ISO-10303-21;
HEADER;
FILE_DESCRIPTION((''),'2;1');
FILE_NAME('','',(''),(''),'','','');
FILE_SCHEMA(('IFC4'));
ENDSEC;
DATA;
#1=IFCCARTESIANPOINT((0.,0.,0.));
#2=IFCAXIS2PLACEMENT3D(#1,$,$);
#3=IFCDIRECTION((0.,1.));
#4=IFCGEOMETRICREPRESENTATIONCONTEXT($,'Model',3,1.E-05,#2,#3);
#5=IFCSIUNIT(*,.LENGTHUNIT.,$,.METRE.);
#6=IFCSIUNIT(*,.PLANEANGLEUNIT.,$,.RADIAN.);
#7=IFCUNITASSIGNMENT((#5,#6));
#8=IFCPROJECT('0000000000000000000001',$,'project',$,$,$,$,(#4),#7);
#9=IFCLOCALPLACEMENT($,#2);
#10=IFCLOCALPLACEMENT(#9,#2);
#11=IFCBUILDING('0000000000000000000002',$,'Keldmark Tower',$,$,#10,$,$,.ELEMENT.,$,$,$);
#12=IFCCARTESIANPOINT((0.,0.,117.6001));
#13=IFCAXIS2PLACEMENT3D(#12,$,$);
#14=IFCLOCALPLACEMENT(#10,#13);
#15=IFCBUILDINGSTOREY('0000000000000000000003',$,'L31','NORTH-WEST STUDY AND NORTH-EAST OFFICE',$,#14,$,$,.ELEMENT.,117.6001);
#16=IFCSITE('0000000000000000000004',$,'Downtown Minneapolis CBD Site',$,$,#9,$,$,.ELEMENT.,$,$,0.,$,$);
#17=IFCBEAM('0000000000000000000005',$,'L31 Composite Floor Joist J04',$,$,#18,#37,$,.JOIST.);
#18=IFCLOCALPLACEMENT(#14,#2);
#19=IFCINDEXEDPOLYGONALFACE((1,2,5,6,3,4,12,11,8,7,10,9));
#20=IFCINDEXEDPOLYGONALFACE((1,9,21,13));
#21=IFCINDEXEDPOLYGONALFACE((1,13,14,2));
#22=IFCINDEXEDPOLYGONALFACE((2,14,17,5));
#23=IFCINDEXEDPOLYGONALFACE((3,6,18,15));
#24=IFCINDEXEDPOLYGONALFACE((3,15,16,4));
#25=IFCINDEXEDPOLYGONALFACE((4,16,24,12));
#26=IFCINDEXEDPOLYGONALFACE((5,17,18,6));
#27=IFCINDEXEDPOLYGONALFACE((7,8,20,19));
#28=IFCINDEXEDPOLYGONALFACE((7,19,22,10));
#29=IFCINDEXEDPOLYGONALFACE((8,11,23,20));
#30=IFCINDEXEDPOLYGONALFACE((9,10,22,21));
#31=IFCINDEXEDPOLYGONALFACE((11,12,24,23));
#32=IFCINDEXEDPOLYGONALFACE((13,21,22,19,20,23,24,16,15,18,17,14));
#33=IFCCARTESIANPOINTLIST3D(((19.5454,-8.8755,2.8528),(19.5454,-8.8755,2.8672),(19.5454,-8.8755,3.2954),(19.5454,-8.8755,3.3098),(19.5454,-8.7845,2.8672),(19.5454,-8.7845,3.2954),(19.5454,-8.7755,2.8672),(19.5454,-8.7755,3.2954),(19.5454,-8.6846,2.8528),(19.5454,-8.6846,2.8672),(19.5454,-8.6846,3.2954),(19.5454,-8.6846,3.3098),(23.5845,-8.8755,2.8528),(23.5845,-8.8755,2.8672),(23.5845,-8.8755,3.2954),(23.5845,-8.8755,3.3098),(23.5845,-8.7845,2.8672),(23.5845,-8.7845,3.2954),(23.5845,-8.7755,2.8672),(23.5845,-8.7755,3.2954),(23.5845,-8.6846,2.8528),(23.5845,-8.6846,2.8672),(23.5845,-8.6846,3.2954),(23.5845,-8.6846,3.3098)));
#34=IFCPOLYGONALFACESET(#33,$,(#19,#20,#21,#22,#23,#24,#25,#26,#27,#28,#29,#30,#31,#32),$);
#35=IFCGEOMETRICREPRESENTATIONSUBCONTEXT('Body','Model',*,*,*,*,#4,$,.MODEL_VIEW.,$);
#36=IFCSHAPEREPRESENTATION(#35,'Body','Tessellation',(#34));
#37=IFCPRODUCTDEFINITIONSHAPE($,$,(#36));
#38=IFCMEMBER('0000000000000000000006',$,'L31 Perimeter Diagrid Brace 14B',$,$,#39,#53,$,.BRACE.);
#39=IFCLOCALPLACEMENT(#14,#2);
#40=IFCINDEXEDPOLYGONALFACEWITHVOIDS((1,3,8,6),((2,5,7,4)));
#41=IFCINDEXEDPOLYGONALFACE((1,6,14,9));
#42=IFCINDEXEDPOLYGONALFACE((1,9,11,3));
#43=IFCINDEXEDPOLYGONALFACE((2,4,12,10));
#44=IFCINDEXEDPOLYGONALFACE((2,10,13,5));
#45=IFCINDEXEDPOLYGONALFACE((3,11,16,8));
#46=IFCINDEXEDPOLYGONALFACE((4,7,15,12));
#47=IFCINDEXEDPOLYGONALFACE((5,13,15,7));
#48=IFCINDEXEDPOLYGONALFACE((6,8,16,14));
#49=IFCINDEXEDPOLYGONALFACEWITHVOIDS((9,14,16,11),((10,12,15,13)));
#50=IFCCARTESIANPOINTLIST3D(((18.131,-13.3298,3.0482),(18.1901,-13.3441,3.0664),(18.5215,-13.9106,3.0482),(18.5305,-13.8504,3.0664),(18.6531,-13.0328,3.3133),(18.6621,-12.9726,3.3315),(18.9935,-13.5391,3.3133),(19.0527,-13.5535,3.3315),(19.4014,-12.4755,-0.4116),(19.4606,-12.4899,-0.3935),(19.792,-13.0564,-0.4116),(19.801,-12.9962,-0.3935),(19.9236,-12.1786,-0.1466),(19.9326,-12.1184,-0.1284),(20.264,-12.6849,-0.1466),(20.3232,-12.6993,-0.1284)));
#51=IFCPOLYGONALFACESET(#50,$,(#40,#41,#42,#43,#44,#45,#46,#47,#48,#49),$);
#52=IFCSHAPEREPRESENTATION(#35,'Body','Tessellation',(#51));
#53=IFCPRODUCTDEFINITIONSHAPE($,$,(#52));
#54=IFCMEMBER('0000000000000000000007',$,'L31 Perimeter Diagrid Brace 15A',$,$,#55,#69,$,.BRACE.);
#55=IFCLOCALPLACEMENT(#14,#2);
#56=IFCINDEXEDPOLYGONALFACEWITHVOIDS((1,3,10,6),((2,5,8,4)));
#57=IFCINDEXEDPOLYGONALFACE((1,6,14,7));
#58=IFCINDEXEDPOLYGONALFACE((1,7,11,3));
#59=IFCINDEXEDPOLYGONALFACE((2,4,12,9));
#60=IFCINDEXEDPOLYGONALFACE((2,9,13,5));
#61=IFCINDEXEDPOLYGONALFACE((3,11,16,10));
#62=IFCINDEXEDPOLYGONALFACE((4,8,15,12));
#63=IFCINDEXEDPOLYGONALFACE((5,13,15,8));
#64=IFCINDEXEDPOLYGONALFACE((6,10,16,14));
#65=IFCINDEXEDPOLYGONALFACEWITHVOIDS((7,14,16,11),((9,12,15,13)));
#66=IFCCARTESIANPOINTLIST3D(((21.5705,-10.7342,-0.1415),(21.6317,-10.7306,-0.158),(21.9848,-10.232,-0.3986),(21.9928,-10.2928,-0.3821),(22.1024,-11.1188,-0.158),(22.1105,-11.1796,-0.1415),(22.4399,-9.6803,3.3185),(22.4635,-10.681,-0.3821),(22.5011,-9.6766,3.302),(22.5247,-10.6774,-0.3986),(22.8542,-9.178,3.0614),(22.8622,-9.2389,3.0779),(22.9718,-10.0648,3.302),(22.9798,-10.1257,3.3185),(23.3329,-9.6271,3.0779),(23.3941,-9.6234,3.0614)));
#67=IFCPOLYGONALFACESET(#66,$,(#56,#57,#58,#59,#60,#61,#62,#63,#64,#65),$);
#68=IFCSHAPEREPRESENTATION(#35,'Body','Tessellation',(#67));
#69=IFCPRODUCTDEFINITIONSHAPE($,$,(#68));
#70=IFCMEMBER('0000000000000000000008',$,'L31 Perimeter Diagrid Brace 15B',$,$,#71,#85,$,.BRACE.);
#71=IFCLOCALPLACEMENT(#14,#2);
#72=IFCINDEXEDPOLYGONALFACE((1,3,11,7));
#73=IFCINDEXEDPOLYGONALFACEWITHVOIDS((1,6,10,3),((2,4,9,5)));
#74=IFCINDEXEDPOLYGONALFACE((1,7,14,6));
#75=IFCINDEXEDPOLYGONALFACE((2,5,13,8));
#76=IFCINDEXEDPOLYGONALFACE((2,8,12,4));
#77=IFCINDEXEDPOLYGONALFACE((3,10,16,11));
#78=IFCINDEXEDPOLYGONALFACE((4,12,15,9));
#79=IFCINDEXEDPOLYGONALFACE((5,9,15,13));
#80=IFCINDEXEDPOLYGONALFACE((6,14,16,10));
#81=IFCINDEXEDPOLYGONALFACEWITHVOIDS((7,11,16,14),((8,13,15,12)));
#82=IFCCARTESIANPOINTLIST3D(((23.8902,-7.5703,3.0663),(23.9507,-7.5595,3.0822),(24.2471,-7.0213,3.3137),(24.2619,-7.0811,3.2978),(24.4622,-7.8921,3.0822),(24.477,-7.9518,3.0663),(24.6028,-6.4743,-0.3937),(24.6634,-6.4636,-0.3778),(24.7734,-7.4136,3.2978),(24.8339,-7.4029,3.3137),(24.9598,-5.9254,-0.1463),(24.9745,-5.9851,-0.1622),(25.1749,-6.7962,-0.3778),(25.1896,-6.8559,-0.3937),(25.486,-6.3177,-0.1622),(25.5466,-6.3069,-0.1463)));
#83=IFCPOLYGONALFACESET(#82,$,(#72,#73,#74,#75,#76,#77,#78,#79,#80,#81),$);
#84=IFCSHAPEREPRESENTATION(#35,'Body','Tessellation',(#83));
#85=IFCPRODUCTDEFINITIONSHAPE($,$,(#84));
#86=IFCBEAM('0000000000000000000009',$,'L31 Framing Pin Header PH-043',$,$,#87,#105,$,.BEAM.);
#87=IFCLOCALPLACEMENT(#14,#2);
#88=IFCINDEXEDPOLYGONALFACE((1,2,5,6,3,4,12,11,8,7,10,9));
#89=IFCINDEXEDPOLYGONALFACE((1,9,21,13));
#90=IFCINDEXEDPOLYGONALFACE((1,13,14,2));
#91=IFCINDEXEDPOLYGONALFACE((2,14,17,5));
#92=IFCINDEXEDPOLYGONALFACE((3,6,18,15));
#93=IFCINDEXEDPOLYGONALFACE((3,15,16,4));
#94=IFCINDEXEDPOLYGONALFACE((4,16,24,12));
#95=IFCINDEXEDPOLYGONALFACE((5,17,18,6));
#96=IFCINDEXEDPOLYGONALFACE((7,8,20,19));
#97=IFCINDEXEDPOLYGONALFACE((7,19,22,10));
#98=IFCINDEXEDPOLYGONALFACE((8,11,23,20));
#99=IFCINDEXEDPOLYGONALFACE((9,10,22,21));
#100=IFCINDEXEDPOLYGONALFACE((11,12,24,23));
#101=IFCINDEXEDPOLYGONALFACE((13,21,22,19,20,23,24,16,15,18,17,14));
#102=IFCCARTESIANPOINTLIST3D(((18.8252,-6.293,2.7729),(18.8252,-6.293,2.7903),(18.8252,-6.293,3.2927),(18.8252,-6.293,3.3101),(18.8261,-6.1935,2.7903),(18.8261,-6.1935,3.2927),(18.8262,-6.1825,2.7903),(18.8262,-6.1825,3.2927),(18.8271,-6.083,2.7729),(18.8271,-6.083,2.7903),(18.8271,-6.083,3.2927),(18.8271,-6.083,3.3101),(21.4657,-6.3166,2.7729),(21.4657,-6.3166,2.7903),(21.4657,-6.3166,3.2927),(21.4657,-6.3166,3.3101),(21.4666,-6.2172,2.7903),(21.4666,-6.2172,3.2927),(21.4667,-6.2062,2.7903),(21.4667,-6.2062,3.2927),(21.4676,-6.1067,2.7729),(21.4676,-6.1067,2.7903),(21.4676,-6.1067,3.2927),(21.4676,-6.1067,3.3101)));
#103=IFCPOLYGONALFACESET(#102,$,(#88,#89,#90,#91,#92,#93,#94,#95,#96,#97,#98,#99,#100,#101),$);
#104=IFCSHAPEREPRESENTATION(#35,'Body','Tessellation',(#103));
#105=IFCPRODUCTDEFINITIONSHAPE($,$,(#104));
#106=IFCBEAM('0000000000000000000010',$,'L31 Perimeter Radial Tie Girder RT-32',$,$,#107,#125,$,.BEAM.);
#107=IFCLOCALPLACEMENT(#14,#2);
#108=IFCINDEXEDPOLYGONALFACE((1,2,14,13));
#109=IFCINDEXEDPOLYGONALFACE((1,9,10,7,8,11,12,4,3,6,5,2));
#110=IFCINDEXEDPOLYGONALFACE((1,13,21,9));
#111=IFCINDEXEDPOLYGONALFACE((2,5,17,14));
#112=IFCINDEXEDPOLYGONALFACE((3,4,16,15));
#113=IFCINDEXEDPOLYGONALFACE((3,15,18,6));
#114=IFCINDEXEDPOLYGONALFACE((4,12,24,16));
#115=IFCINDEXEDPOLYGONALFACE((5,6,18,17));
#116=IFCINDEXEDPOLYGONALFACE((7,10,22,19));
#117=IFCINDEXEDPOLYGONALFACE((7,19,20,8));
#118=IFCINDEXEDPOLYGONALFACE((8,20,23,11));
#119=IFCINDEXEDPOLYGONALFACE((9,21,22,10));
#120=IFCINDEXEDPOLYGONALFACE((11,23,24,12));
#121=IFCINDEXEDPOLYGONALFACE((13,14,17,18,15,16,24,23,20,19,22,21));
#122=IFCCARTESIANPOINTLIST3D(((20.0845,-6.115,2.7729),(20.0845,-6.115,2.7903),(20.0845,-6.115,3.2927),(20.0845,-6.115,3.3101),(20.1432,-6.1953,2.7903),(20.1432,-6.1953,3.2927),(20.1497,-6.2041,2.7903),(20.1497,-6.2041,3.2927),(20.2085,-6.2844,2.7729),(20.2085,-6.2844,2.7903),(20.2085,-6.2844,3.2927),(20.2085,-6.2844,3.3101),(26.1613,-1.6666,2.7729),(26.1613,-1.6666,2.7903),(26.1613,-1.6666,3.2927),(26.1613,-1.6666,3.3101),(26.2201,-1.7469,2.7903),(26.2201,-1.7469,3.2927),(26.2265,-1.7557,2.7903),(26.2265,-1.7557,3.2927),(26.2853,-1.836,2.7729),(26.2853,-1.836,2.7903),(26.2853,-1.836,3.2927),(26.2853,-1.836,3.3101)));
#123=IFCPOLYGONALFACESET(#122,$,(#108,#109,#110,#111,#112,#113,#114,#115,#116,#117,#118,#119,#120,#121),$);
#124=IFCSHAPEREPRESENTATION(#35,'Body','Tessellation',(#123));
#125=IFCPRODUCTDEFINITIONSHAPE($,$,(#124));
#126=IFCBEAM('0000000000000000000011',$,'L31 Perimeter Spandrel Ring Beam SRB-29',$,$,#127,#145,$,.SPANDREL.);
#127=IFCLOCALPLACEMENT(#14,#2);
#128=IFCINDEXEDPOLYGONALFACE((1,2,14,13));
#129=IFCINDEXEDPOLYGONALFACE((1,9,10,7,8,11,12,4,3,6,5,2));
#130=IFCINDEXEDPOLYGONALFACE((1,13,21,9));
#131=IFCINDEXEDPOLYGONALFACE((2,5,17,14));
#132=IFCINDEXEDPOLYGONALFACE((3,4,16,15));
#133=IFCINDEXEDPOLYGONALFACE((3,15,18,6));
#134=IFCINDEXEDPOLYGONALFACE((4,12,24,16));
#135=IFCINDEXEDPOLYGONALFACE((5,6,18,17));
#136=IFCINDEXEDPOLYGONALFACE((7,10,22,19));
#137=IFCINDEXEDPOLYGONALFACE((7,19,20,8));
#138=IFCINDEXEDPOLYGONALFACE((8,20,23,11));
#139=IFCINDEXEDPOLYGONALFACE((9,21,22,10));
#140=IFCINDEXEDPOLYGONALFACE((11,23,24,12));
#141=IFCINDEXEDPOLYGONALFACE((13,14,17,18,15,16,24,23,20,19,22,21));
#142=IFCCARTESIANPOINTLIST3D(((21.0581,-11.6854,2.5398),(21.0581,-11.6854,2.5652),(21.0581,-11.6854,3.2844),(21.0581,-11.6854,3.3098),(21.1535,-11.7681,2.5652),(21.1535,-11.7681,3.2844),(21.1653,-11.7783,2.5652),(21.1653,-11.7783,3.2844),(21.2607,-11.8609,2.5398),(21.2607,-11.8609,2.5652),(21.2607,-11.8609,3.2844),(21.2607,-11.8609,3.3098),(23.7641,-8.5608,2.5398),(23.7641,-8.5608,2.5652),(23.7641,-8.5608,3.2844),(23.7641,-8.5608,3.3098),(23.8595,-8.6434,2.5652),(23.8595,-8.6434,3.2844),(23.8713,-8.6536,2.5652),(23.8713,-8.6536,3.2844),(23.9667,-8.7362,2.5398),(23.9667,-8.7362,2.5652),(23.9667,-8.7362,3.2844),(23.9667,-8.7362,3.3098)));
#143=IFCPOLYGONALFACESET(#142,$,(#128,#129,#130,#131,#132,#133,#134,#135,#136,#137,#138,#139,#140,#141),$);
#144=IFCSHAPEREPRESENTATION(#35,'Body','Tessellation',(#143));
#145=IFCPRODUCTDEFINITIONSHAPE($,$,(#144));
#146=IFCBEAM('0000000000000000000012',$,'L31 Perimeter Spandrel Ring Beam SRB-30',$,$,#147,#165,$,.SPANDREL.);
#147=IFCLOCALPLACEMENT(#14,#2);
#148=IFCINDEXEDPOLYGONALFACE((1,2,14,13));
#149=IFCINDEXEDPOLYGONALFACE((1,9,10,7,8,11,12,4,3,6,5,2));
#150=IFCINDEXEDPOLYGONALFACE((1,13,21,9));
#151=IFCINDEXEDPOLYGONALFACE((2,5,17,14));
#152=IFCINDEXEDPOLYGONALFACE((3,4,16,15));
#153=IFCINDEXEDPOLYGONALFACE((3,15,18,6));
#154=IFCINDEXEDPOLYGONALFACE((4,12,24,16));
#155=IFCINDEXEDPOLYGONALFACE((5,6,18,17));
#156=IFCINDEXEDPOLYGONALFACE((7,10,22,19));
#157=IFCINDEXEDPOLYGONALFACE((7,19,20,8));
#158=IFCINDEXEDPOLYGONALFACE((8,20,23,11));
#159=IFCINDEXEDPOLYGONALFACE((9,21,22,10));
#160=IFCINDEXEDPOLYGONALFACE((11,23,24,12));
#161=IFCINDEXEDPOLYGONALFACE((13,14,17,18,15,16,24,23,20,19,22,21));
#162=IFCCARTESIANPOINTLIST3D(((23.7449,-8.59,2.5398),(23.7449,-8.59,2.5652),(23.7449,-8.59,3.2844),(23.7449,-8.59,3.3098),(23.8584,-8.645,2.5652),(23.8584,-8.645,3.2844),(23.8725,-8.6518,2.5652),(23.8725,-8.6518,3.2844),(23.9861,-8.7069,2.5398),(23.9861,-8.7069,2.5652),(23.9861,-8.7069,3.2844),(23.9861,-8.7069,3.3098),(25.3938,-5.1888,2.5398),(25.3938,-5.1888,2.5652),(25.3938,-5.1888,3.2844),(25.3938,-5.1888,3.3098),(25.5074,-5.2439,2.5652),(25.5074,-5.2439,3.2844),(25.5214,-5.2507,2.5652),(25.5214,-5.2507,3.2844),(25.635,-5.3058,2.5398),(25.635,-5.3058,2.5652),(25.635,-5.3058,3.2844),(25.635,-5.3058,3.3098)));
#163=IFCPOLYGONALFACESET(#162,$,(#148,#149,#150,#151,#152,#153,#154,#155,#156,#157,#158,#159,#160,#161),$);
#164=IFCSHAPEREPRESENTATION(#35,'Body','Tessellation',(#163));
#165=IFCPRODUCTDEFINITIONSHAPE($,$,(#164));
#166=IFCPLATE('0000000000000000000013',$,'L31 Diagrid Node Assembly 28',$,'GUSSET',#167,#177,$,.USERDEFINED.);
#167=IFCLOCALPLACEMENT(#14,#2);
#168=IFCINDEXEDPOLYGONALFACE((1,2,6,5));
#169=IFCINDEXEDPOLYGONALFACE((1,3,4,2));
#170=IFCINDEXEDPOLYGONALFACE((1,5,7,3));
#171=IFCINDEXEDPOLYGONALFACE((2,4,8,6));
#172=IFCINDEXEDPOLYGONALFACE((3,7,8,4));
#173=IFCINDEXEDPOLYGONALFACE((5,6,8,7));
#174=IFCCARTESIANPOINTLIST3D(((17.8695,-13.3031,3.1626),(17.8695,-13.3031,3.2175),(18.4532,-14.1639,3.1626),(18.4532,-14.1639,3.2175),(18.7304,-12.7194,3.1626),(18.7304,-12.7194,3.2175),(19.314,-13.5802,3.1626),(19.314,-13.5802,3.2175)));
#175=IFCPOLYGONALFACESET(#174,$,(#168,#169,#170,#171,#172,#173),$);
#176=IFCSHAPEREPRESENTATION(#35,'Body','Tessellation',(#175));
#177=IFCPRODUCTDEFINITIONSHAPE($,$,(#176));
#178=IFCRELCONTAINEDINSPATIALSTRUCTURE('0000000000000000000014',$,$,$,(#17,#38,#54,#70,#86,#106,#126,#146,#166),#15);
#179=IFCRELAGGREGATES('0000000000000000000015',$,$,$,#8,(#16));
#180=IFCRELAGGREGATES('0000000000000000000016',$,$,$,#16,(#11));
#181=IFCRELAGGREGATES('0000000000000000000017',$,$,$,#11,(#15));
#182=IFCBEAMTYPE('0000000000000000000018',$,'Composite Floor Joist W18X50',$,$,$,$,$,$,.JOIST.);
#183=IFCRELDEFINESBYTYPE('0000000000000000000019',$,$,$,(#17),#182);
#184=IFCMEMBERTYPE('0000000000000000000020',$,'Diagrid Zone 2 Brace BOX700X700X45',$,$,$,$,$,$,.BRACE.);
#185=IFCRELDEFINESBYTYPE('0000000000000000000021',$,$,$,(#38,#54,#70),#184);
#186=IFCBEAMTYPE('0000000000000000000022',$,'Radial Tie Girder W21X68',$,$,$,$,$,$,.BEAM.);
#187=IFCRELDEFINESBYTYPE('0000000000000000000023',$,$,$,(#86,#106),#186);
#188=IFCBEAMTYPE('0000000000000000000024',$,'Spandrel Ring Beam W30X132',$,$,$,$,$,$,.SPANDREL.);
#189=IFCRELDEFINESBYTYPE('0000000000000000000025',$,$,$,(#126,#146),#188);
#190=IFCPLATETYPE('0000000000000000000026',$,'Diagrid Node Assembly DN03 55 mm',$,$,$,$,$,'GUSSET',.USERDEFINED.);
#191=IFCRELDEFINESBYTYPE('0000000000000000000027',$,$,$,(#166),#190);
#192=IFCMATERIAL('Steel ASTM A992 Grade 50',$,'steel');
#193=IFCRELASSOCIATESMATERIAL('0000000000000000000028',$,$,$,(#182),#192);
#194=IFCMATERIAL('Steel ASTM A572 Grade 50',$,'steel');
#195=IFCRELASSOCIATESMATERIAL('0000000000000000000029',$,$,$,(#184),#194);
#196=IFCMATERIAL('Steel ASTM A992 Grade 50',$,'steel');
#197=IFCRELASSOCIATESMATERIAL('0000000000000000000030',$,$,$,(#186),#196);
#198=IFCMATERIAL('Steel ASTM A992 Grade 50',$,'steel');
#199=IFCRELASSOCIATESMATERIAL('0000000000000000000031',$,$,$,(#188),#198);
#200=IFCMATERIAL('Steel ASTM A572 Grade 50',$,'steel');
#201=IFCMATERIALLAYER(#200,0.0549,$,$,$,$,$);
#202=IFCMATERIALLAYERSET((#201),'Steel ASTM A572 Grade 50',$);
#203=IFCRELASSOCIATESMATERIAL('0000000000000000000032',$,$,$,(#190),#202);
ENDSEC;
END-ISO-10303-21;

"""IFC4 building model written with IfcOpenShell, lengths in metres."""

from ifc_helpers import new_model, si_unit, direction, frame, origin, origin_2d, place, context, subcontext, project, spatial, rectangle, hollow_rectangle, i_section, extrude, material, layer, layer_set, material_profile, profile_set, type_object, element, save


model = new_model("IFC4")

# Units and contexts
model_context = context("Model", 3, precision=1e-05, world=origin(), true_north=direction((0.0, 1.0)))
body_context = subcontext(model_context, "Body", "Model", "MODEL_VIEW")
ifc_project = project(units=[si_unit("LENGTHUNIT", "METRE"), si_unit("PLANEANGLEUNIT", "RADIAN")], contexts=[model_context])

# Site, building, storey
site_placement = place(None, origin())
site = spatial("IfcSite", under=ifc_project, at=site_placement, Name="Downtown Minneapolis CBD Site", CompositionType="ELEMENT", RefElevation=0.0)
building_placement = place(site_placement, origin())
building = spatial("IfcBuilding", under=site, at=building_placement, Name="Keldmark Tower", CompositionType="ELEMENT")
storey_placement = place(building_placement, frame((0.0, 0.0, 117.6001)))
storey = spatial("IfcBuildingStorey", under=building, at=storey_placement, Name="L31", Description="NORTH-WEST STUDY AND NORTH-EAST OFFICE", CompositionType="ELEMENT", Elevation=117.6001)

# Beam
ifc_material_1 = material(Name="Steel ASTM A992 Grade 50", Category="steel")
ifc_material_profile_1 = material_profile(ifc_material_1, i_section(OverallWidth=0.1909, OverallDepth=0.457, WebThickness=0.009, FlangeThickness=0.0144, at=origin_2d()), Name="W18X50")
ifc_profile_set_1 = profile_set([ifc_material_profile_1], Name="Steel ASTM A992 Grade 50")
beam_type_1 = type_object("IfcBeamType", Name="Composite Floor Joist W18X50", PredefinedType="JOIST", material=ifc_profile_set_1)
beam_1_placement = place(storey_placement, frame((19.5454, -8.78, 3.0813), z_axis=(1.0, 0.0, 0.0), x_axis=(0.0, 1.0, 0.0)))
element("IfcBeam", 1, at=beam_1_placement, inside=storey, type_object=beam_type_1, Name="L31 Composite Floor Joist J04", PredefinedType="JOIST", context=body_context, shape_type="SweptSolid", body=[
    extrude(i_section(OverallWidth=0.1909, OverallDepth=0.457, WebThickness=0.009, FlangeThickness=0.0144, at=origin_2d()), origin(), (0.0, 0.0, 1.0), 4.0391),
])

# Members
ifc_material_2 = material(Name="Steel ASTM A572 Grade 50", Category="steel")
ifc_material_profile_2 = material_profile(ifc_material_2, hollow_rectangle(XDim=0.7, YDim=0.7, WallThickness=0.0449, at=origin_2d()), Name="BOX700X700X45")
ifc_profile_set_2 = profile_set([ifc_material_profile_2], Name="Steel ASTM A572 Grade 50")
member_type = type_object("IfcMemberType", Name="Diagrid Zone 2 Brace BOX700X700X45", PredefinedType="BRACE", material=ifc_profile_set_2)
member_1_placement = place(storey_placement, frame((19.8623, -12.5874, -0.27), z_axis=(-0.335798, -0.225779, 0.914474), x_axis=(0.557971, -0.82986, 0.0)))
element("IfcMember", 2, at=member_1_placement, inside=storey, type_object=member_type, Name="L31 Perimeter Diagrid Brace 14B", PredefinedType="BRACE", context=body_context, shape_type="SweptSolid", body=[
    extrude(hollow_rectangle(XDim=0.7, YDim=0.7, WallThickness=0.0449, at=origin_2d()), origin(), (0.0, 0.0, 1.0), 3.7834),
])
member_2_placement = place(storey_placement, frame((22.0476, -10.7058, -0.27), z_axis=(0.233709, 0.283326, 0.930111), x_axis=(-0.771419, 0.636327, 0.0)))
element("IfcMember", 3, at=member_2_placement, inside=storey, type_object=member_type, Name="L31 Perimeter Diagrid Brace 15A", PredefinedType="BRACE", context=body_context, shape_type="SweptSolid", body=[
    extrude(hollow_rectangle(XDim=0.7, YDim=0.7, WallThickness=0.0449, at=origin_2d()), origin(), (0.0, 0.0, 1.0), 3.72),
])
member_3_placement = place(storey_placement, frame((25.0747, -6.3906, -0.27), z_axis=(-0.192675, -0.296307, 0.935456), x_axis=(0.838345, -0.545139, 0.0)))
element("IfcMember", 4, at=member_3_placement, inside=storey, type_object=member_type, Name="L31 Perimeter Diagrid Brace 15B", PredefinedType="BRACE", context=body_context, shape_type="SweptSolid", body=[
    extrude(hollow_rectangle(XDim=0.7, YDim=0.7, WallThickness=0.0449, at=origin_2d()), origin(), (0.0, 0.0, 1.0), 3.6987),
])

# Beams
ifc_material_3 = material(Name="Steel ASTM A992 Grade 50", Category="steel")
ifc_material_profile_3 = material_profile(ifc_material_3, i_section(OverallWidth=0.21, OverallDepth=0.5371, WebThickness=0.011, FlangeThickness=0.0173, at=origin_2d()), Name="W21X68")
ifc_profile_set_3 = profile_set([ifc_material_profile_3], Name="Steel ASTM A992 Grade 50")
beam_type_2 = type_object("IfcBeamType", Name="Radial Tie Girder W21X68", PredefinedType="BEAM", material=ifc_profile_set_3)
beam_2_placement = place(storey_placement, frame((18.8262, -6.188, 3.0415), z_axis=(0.99996, -0.008968, 0.0), x_axis=(0.008968, 0.99996, 0.0)))
element("IfcBeam", 5, at=beam_2_placement, inside=storey, type_object=beam_type_2, Name="L31 Framing Pin Header PH-043", PredefinedType="BEAM", context=body_context, shape_type="SweptSolid", body=[
    extrude(i_section(OverallWidth=0.21, OverallDepth=0.5371, WebThickness=0.011, FlangeThickness=0.0173, at=origin_2d()), origin(), (0.0, 0.0, 1.0), 2.6406),
])
beam_3_placement = place(storey_placement, frame((20.1465, -6.1997, 3.0415), z_axis=(0.806906, 0.59068, 0.0), x_axis=(-0.59068, 0.806906, 0.0)))
element("IfcBeam", 6, at=beam_3_placement, inside=storey, type_object=beam_type_2, Name="L31 Perimeter Radial Tie Girder RT-32", PredefinedType="BEAM", context=body_context, shape_type="SweptSolid", body=[
    extrude(i_section(OverallWidth=0.21, OverallDepth=0.5371, WebThickness=0.011, FlangeThickness=0.0173, at=origin_2d()), origin(), (0.0, 0.0, 1.0), 7.531),
])
ifc_material_4 = material(Name="Steel ASTM A992 Grade 50", Category="steel")
ifc_material_profile_4 = material_profile(ifc_material_4, i_section(OverallWidth=0.2681, OverallDepth=0.77, WebThickness=0.0156, FlangeThickness=0.0254, at=origin_2d()), Name="W30X132")
ifc_profile_set_4 = profile_set([ifc_material_profile_4], Name="Steel ASTM A992 Grade 50")
beam_type_3 = type_object("IfcBeamType", Name="Spandrel Ring Beam W30X132", PredefinedType="SPANDREL", material=ifc_profile_set_4)
beam_4_placement = place(storey_placement, frame((21.1594, -11.7732, 2.9248), z_axis=(0.654645, 0.755937, 0.0), x_axis=(-0.755937, 0.654645, 0.0)))
element("IfcBeam", 7, at=beam_4_placement, inside=storey, type_object=beam_type_3, Name="L31 Perimeter Spandrel Ring Beam SRB-29", PredefinedType="SPANDREL", context=body_context, shape_type="SweptSolid", body=[
    extrude(i_section(OverallWidth=0.2681, OverallDepth=0.77, WebThickness=0.0156, FlangeThickness=0.0254, at=origin_2d()), origin(), (0.0, 0.0, 1.0), 4.1335),
])
beam_5_placement = place(storey_placement, frame((23.8655, -8.6484, 2.9248), z_axis=(0.436251, 0.899825, 0.0), x_axis=(-0.899825, 0.436251, 0.0)))
element("IfcBeam", 8, at=beam_5_placement, inside=storey, type_object=beam_type_3, Name="L31 Perimeter Spandrel Ring Beam SRB-30", PredefinedType="SPANDREL", context=body_context, shape_type="SweptSolid", body=[
    extrude(i_section(OverallWidth=0.2681, OverallDepth=0.77, WebThickness=0.0156, FlangeThickness=0.0254, at=origin_2d()), origin(), (0.0, 0.0, 1.0), 3.7798),
])

# Plate
ifc_material_5 = material(Name="Steel ASTM A572 Grade 50", Category="steel")
ifc_layer_1 = layer(ifc_material_5, 0.0549)
ifc_layer_set_1 = layer_set([ifc_layer_1], Name="Steel ASTM A572 Grade 50")
plate_type = type_object("IfcPlateType", Name="Diagrid Node Assembly DN03 55 mm", ElementType="GUSSET", PredefinedType="USERDEFINED", material=ifc_layer_set_1)
for number, where, z_axis, x_axis, name in (
    (9, (18.5918, -13.4417, 3.1626), (0.0, 0.0, 1.0), (0.827669, 0.561217, 0.0), "L31 Diagrid Node Assembly 28"),
):
    element("IfcPlate", number, at=place(storey_placement, frame(where, z_axis=z_axis, x_axis=x_axis)), inside=storey, type_object=plate_type, Name=name, ObjectType="GUSSET", PredefinedType="USERDEFINED", context=body_context, shape_type="SweptSolid", body=[
        extrude(rectangle(XDim=1.04, YDim=1.04, at=origin_2d()), origin(), (0.0, 0.0, 1.0), 0.0549),
    ])

save(model, "model.ifc")
